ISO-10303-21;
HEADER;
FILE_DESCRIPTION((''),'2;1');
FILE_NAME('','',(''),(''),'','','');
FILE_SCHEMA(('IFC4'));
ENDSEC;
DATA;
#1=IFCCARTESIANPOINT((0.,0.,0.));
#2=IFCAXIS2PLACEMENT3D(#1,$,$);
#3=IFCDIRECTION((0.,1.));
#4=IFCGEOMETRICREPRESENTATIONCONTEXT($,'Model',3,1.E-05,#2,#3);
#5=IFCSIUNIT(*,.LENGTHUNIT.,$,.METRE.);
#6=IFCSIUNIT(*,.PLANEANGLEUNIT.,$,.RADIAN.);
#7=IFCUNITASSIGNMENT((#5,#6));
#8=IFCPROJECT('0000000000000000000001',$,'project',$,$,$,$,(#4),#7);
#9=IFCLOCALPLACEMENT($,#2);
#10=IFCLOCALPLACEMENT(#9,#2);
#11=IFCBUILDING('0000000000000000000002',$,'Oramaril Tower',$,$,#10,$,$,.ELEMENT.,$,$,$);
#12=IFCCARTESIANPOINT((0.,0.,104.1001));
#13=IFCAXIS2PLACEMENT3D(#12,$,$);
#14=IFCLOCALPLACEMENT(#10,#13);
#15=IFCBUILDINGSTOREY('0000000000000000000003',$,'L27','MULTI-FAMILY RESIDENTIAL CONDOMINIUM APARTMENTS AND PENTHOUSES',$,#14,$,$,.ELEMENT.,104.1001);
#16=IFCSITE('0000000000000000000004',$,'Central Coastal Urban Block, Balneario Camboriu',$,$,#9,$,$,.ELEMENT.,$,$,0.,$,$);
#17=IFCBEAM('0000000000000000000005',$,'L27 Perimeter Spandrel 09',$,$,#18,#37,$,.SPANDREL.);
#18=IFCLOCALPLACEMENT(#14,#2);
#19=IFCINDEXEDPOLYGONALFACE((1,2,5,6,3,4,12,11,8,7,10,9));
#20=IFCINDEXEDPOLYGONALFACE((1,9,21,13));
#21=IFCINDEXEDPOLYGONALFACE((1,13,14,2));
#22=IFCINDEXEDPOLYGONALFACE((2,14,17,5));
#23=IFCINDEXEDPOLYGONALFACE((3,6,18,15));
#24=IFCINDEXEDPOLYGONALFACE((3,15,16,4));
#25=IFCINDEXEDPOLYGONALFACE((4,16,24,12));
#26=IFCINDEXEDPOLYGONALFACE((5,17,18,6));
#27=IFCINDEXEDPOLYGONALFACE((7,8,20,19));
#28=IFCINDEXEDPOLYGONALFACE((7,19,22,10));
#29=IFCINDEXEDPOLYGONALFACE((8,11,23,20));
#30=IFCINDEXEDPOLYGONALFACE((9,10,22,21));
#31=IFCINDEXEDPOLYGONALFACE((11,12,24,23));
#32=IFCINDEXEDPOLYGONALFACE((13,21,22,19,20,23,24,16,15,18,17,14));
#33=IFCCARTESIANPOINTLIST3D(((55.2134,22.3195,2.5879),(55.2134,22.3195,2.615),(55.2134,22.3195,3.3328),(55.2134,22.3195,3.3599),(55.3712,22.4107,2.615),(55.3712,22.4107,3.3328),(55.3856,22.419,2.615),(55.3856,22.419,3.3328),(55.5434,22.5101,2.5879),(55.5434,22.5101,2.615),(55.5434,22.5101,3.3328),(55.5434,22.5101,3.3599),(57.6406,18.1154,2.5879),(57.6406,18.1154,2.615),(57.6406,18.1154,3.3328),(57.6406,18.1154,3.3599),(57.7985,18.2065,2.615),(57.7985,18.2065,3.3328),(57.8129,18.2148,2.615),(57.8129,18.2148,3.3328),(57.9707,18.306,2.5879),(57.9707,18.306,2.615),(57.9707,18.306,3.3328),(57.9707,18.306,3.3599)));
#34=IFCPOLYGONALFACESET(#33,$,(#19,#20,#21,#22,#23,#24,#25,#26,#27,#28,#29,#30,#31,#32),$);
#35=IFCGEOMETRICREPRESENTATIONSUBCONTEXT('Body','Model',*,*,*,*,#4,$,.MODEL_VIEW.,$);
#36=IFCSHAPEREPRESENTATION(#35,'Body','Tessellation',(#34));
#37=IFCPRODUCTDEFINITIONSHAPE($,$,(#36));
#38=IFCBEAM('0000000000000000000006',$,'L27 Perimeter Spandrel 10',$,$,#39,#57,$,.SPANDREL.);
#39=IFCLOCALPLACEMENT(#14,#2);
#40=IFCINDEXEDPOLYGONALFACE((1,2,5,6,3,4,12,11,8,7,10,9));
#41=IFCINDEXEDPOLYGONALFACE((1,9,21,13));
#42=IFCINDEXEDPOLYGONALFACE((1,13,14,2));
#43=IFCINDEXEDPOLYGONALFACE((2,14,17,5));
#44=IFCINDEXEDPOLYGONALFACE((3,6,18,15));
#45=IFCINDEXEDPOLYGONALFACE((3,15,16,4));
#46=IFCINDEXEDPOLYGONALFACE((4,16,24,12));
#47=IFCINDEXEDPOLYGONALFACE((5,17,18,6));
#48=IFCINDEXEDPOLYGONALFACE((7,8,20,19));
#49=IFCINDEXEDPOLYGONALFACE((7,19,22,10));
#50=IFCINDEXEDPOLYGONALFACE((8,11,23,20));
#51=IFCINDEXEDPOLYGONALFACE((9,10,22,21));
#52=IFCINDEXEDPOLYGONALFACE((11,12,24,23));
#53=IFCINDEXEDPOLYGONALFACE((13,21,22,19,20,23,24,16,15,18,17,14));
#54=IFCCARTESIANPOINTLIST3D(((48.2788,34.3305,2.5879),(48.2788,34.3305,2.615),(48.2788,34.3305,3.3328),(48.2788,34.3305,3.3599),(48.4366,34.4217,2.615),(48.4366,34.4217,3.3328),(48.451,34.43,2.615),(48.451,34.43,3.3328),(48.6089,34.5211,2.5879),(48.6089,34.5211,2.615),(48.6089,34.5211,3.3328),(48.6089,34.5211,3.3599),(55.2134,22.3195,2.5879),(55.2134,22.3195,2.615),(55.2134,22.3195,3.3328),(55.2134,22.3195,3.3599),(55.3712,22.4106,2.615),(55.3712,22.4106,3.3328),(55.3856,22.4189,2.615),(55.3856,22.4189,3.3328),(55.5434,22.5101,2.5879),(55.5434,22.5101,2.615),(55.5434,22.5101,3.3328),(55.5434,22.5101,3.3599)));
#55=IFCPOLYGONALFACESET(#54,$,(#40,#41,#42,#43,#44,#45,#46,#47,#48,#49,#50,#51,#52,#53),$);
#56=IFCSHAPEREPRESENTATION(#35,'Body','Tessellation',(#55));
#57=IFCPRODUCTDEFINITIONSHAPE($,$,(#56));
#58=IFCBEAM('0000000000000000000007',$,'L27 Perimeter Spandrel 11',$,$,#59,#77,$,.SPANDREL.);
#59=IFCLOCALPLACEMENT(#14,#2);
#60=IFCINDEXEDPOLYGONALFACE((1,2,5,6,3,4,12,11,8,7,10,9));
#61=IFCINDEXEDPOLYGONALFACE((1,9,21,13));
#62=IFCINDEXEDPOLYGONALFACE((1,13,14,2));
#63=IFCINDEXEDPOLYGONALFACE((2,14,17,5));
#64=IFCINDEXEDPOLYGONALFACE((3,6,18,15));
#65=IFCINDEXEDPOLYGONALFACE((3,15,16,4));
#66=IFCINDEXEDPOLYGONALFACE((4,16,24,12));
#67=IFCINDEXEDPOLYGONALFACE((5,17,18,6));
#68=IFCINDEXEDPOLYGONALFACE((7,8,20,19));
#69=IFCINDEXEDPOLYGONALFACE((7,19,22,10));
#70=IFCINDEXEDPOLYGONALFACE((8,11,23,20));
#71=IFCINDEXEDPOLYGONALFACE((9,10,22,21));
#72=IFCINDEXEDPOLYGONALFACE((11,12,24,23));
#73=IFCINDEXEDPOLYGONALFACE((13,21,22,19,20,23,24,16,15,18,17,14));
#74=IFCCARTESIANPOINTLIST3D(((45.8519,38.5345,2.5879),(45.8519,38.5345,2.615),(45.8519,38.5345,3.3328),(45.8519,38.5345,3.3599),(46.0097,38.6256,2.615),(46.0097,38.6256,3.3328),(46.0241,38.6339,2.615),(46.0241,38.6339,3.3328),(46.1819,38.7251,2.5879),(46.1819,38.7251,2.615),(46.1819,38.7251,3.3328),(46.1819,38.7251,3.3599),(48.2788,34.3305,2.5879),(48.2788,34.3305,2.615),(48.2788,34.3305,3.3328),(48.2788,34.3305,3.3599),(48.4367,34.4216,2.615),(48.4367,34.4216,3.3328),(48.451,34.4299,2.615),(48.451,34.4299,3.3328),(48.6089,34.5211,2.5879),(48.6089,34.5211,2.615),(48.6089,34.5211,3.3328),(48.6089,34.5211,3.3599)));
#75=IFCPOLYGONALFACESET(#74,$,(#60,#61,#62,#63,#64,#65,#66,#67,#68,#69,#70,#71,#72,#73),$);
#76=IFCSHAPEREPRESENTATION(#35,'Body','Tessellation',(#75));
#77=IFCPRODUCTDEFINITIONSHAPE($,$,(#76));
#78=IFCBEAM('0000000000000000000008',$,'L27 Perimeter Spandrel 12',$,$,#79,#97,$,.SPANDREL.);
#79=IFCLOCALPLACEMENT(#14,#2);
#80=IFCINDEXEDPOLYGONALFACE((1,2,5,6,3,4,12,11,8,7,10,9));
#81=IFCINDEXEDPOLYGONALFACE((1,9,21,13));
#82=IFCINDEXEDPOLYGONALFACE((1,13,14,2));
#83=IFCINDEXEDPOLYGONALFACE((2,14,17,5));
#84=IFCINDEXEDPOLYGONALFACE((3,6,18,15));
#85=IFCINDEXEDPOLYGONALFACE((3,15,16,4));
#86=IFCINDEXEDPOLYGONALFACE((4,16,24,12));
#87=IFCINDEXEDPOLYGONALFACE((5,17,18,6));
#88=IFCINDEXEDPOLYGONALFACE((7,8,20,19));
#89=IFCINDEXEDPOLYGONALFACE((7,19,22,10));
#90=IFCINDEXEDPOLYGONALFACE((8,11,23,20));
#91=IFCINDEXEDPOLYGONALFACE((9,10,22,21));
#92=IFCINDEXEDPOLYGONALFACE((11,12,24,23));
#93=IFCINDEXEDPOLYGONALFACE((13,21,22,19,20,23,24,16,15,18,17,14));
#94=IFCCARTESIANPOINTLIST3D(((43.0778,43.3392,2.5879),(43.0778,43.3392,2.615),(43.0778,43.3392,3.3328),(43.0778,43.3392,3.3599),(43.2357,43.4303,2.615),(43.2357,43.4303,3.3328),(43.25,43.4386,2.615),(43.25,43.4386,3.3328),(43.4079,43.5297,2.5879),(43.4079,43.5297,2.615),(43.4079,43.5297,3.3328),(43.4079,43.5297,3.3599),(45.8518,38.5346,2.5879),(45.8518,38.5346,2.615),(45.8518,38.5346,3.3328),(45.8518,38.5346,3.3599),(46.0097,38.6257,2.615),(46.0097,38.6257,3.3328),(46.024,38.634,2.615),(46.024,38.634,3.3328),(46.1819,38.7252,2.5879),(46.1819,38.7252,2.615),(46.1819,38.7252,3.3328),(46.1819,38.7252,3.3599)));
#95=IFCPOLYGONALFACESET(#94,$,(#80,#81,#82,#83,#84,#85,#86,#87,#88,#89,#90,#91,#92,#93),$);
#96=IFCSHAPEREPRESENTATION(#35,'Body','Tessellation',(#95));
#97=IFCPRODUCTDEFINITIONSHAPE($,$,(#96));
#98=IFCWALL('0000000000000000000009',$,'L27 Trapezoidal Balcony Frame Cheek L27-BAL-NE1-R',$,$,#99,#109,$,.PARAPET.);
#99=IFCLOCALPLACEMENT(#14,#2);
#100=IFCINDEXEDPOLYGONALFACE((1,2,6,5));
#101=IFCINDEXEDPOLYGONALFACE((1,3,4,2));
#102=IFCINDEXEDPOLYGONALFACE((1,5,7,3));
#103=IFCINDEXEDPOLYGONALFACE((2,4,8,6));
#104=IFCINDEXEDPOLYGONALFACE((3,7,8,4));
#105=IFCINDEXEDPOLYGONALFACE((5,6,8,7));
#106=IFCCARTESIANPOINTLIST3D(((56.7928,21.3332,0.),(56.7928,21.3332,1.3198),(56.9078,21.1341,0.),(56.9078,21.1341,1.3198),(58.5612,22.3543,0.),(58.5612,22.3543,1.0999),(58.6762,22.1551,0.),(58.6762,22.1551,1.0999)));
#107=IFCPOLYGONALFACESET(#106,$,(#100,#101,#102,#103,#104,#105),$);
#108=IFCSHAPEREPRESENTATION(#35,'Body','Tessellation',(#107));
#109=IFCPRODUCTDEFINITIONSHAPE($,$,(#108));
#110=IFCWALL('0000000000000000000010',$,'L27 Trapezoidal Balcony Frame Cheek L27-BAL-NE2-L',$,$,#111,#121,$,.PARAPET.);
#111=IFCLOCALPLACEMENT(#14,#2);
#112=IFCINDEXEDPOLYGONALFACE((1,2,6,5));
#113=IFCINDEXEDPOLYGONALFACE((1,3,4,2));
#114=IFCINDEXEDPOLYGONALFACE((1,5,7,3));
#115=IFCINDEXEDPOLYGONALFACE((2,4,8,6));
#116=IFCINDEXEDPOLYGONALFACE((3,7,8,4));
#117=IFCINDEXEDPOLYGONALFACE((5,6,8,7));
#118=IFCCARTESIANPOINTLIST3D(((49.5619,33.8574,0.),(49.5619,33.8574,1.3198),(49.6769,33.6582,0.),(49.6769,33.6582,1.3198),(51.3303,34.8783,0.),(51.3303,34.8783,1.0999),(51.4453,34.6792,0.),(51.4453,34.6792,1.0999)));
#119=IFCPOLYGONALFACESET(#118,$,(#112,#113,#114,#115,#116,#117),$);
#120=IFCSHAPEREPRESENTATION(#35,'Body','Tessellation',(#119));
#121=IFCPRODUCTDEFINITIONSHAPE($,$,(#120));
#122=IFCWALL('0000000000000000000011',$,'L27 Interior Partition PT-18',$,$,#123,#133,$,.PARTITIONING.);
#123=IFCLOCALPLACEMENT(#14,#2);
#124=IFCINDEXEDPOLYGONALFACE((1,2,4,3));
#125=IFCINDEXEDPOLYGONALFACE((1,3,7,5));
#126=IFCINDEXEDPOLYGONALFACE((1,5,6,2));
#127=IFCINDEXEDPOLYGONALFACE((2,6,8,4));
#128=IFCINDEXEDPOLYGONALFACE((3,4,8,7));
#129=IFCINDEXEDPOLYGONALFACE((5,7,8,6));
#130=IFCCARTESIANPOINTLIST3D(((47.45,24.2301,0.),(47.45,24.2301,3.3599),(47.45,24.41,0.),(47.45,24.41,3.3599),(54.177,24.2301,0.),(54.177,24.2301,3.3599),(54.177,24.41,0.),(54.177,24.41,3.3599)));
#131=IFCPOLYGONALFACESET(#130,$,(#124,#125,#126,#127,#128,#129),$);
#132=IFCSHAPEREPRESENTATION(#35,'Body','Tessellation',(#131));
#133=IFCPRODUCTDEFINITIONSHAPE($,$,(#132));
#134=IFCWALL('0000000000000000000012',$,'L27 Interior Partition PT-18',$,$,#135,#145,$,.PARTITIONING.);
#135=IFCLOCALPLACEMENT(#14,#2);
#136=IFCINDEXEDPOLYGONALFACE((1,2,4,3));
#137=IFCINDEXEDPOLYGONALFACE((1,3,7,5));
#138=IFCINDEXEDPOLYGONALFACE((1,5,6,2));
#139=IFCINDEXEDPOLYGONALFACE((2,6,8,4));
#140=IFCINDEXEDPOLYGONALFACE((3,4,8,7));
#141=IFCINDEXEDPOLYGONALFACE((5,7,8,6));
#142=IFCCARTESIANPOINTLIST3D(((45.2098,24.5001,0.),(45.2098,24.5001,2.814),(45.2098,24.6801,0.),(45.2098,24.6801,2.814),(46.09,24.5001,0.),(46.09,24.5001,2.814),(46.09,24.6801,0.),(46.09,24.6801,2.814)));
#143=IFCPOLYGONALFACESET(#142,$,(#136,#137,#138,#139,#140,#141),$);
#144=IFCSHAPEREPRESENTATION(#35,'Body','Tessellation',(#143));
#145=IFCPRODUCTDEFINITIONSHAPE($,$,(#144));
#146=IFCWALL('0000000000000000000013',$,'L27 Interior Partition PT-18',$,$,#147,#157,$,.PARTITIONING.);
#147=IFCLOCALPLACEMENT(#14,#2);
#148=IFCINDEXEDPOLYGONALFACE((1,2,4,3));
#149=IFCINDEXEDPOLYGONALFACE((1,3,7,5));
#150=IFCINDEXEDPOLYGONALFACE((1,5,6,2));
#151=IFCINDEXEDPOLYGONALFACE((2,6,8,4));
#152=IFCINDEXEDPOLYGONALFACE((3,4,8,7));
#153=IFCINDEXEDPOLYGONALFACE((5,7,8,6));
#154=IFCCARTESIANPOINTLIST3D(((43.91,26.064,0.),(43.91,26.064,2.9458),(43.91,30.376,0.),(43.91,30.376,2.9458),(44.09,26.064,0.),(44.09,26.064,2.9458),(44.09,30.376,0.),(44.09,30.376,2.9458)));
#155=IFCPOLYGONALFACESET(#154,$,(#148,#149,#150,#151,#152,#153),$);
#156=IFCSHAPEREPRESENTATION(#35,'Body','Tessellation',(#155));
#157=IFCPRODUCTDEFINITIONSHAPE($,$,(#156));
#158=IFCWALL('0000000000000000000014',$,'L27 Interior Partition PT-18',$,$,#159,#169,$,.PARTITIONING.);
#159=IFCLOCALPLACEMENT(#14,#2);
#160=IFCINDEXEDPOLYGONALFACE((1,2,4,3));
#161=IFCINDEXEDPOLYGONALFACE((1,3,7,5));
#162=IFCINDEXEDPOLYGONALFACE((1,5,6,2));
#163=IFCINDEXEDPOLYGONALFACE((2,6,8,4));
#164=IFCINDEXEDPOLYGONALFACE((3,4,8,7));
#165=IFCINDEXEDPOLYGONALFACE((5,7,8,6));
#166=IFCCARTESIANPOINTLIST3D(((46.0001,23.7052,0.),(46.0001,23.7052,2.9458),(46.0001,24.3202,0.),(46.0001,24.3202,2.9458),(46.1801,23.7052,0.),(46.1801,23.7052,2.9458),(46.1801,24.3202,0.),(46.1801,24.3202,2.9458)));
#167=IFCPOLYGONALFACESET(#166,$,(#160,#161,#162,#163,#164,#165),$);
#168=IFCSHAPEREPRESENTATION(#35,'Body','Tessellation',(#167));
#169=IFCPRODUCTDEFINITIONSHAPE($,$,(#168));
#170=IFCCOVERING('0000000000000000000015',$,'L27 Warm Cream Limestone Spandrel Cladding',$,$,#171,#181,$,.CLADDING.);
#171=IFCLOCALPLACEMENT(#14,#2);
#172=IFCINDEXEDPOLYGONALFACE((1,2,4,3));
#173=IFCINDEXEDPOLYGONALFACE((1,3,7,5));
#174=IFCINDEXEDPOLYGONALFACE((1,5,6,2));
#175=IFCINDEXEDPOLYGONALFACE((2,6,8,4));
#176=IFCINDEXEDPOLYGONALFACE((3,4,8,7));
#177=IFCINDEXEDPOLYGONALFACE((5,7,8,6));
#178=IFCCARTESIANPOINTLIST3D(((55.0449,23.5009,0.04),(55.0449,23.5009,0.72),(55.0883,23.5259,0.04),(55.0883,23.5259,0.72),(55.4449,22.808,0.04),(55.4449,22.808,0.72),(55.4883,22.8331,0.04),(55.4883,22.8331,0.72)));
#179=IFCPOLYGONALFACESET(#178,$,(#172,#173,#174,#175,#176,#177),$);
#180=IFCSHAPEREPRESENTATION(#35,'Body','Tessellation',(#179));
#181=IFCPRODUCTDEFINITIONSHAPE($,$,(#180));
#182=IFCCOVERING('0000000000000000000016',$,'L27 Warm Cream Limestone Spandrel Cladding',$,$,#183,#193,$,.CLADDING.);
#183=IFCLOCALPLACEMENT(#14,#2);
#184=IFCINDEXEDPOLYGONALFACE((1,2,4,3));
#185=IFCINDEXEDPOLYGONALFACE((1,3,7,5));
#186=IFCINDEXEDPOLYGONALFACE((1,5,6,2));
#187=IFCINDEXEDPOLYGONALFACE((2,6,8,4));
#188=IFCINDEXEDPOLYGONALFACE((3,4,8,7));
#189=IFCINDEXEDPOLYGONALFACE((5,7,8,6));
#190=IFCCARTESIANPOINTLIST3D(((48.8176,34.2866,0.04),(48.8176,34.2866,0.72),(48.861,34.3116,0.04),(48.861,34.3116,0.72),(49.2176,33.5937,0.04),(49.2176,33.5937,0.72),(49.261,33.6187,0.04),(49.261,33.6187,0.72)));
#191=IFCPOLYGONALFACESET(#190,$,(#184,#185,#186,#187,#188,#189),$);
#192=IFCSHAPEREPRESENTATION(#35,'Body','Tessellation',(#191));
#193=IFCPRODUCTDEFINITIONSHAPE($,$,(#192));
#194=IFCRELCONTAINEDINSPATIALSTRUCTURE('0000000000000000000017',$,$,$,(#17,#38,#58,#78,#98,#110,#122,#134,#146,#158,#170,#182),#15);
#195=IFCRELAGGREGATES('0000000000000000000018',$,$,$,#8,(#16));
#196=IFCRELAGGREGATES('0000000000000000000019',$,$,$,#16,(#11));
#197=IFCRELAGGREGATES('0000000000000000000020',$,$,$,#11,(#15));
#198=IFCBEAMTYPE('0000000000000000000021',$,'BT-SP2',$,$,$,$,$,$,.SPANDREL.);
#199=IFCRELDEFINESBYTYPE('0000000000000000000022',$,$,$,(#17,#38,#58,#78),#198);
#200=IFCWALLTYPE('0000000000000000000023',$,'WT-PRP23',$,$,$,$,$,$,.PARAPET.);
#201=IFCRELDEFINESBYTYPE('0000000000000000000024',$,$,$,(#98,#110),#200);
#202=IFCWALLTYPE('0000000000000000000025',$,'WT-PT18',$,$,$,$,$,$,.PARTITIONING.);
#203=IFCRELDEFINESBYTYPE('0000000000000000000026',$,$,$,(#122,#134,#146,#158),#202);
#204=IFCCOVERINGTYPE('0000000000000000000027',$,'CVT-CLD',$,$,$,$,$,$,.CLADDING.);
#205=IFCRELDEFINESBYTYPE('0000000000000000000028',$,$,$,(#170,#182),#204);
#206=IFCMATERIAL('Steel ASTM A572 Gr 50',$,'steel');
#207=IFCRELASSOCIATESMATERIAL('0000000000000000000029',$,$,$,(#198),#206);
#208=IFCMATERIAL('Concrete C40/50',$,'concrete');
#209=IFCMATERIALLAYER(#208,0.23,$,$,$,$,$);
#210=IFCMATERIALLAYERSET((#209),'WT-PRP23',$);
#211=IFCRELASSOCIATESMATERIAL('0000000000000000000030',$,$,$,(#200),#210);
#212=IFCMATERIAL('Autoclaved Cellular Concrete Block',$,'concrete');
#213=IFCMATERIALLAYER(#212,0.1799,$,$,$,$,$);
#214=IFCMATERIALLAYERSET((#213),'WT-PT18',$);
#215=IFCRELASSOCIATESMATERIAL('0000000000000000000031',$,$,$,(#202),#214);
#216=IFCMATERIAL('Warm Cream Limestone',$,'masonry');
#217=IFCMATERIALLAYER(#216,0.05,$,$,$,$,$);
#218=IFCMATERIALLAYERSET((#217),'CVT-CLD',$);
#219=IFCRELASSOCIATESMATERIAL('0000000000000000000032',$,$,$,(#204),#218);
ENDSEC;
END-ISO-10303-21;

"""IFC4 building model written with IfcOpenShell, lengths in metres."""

from ifc_helpers import new_model, si_unit, direction, frame, frame_2d, origin, origin_2d, place, context, subcontext, project, spatial, polyline, rectangle, i_section, outline, extrude, material, layer, layer_set, material_profile, profile_set, type_object, element, save


model = new_model("IFC4")

# Units and contexts
model_context = context("Model", 3, precision=1e-05, world=origin(), true_north=direction((0.0, 1.0)))
body_context = subcontext(model_context, "Body", "Model", "MODEL_VIEW")
ifc_project = project(units=[si_unit("LENGTHUNIT", "METRE"), si_unit("PLANEANGLEUNIT", "RADIAN")], contexts=[model_context])

# Site, building, storey
site_placement = place(None, origin())
site = spatial("IfcSite", under=ifc_project, at=site_placement, Name="Central Coastal Urban Block, Balneario Camboriu", CompositionType="ELEMENT", RefElevation=0.0)
building_placement = place(site_placement, origin())
building = spatial("IfcBuilding", under=site, at=building_placement, Name="Oramaril Tower", CompositionType="ELEMENT")
storey_placement = place(building_placement, frame((0.0, 0.0, 104.1001)))
storey = spatial("IfcBuildingStorey", under=building, at=storey_placement, Name="L27", Description="MULTI-FAMILY RESIDENTIAL CONDOMINIUM APARTMENTS AND PENTHOUSES", CompositionType="ELEMENT", Elevation=104.1001)

# Beams
ifc_material_1 = material(Name="Steel ASTM A572 Gr 50", Category="steel")
ifc_material_profile_1 = material_profile(ifc_material_1, i_section(OverallWidth=0.3811, OverallDepth=0.772, WebThickness=0.0166, FlangeThickness=0.0271, at=origin_2d()), Name="W30X173")
ifc_profile_set_1 = profile_set([ifc_material_profile_1], Name="Steel ASTM A572 Gr 50")
beam_type_1 = type_object("IfcBeamType", Name="BT-SP2", PredefinedType="SPANDREL", material=ifc_profile_set_1)
beam_1_placement = place(storey_placement, frame((57.8057, 18.2107, 2.9739), z_axis=(-0.500001, 0.866025, 0.0), x_axis=(-0.866025, -0.500001, 0.0)))
element("IfcBeam", 1, at=beam_1_placement, inside=storey, type_object=beam_type_1, Name="L27 Perimeter Spandrel 09", PredefinedType="SPANDREL", context=body_context, shape_type="SweptSolid", body=[
    extrude(i_section(OverallWidth=0.3811, OverallDepth=0.772, WebThickness=0.0166, FlangeThickness=0.0271, at=origin_2d()), origin(), (0.0, 0.0, 1.0), 4.8545),
])
beam_2_placement = place(storey_placement, frame((55.3784, 22.4148, 2.9739), z_axis=(-0.500001, 0.866025, 0.0), x_axis=(-0.866025, -0.500001, 0.0)))
element("IfcBeam", 2, at=beam_2_placement, inside=storey, type_object=beam_type_1, Name="L27 Perimeter Spandrel 10", PredefinedType="SPANDREL", context=body_context, shape_type="SweptSolid", body=[
    extrude(i_section(OverallWidth=0.3811, OverallDepth=0.772, WebThickness=0.0166, FlangeThickness=0.0271, at=origin_2d()), origin(), (0.0, 0.0, 1.0), 13.8691),
])
beam_3_placement = place(storey_placement, frame((48.4438, 34.4258, 2.9739), z_axis=(-0.499963, 0.866047, 0.0), x_axis=(-0.866047, -0.499963, 0.0)))
element("IfcBeam", 3, at=beam_3_placement, inside=storey, type_object=beam_type_1, Name="L27 Perimeter Spandrel 11", PredefinedType="SPANDREL", context=body_context, shape_type="SweptSolid", body=[
    extrude(i_section(OverallWidth=0.3811, OverallDepth=0.772, WebThickness=0.0166, FlangeThickness=0.0271, at=origin_2d()), origin(), (0.0, 0.0, 1.0), 4.8542),
])
beam_4_placement = place(storey_placement, frame((46.0168, 38.6299, 2.9739), z_axis=(-0.500011, 0.866019, 0.0), x_axis=(-0.866019, -0.500011, 0.0)))
element("IfcBeam", 4, at=beam_4_placement, inside=storey, type_object=beam_type_1, Name="L27 Perimeter Spandrel 12", PredefinedType="SPANDREL", context=body_context, shape_type="SweptSolid", body=[
    extrude(i_section(OverallWidth=0.3811, OverallDepth=0.772, WebThickness=0.0166, FlangeThickness=0.0271, at=origin_2d()), origin(), (0.0, 0.0, 1.0), 5.5479),
])

# Walls
ifc_material_2 = material(Name="Concrete C40/50", Category="concrete")
ifc_layer_1 = layer(ifc_material_2, 0.23)
ifc_layer_set_1 = layer_set([ifc_layer_1], Name="WT-PRP23")
wall_type_1 = type_object("IfcWallType", Name="WT-PRP23", PredefinedType="PARAPET", material=ifc_layer_set_1)
for number, where, z_axis, x_axis, name in (
    (5, (56.8503, 21.2336, 0.0), (0.0, 0.0, 1.0), (0.866012, 0.500023, 0.0), "L27 Trapezoidal Balcony Frame Cheek L27-BAL-NE1-R"),
    (6, (49.6194, 33.7578, 0.0), (0.0, 0.0, 1.0), (0.866042, 0.499971, 0.0), "L27 Trapezoidal Balcony Frame Cheek L27-BAL-NE2-L"),
):
    element("IfcWall", number, at=place(storey_placement, frame(where, z_axis=z_axis, x_axis=x_axis)), inside=storey, type_object=wall_type_1, Name=name, PredefinedType="PARAPET", context=body_context, shape_type="SweptSolid", body=[
        extrude(outline(polyline([(0.0, 0.0), (2.042, 0.0), (2.042, 1.0999), (0.0, 1.3198), (0.0, 0.0)])), frame((0.0, 0.115, 0.0), z_axis=(0.0, -1.0, 0.0), x_axis=(1.0, 0.0, 0.0)), (0.0, 0.0, 1.0), 0.23),
    ])
ifc_material_3 = material(Name="Autoclaved Cellular Concrete Block", Category="concrete")
ifc_layer_2 = layer(ifc_material_3, 0.1799)
ifc_layer_set_2 = layer_set([ifc_layer_2], Name="WT-PT18")
wall_type_2 = type_object("IfcWallType", Name="WT-PT18", PredefinedType="PARTITIONING", material=ifc_layer_set_2)
wall_1_placement = place(storey_placement, frame((47.45, 24.3201, 0.0), z_axis=(0.0, 0.0, 1.0), x_axis=(1.0, 0.0, 0.0)))
element("IfcWall", 7, at=wall_1_placement, inside=storey, type_object=wall_type_2, Name="L27 Interior Partition PT-18", PredefinedType="PARTITIONING", context=body_context, shape_type="SweptSolid", body=[
    extrude(rectangle(XDim=6.7271, YDim=0.1799, at=frame_2d((3.3635, 0.0))), origin(), (0.0, 0.0, 1.0), 3.3599),
])
wall_2_placement = place(storey_placement, frame((45.21, 24.5901, 0.0), z_axis=(0.0, 0.0, 1.0), x_axis=(1.0, 0.0, 0.0)))
element("IfcWall", 8, at=wall_2_placement, inside=storey, type_object=wall_type_2, Name="L27 Interior Partition PT-18", PredefinedType="PARTITIONING", context=body_context, shape_type="SweptSolid", body=[
    extrude(rectangle(XDim=0.8801, YDim=0.1799, at=frame_2d((0.4399, 0.0))), origin(), (0.0, 0.0, 1.0), 2.814),
])
wall_3_placement = place(storey_placement, frame((44.0, 26.064, 0.0), z_axis=(0.0, 0.0, 1.0), x_axis=(0.0, 1.0, 0.0)))
element("IfcWall", 9, at=wall_3_placement, inside=storey, type_object=wall_type_2, Name="L27 Interior Partition PT-18", PredefinedType="PARTITIONING", context=body_context, shape_type="SweptSolid", body=[
    extrude(rectangle(XDim=4.312, YDim=0.1799, at=frame_2d((2.156, 0.0))), origin(), (0.0, 0.0, 1.0), 2.9458),
])
wall_4_placement = place(storey_placement, frame((46.0901, 23.7051, 0.0), z_axis=(0.0, 0.0, 1.0), x_axis=(0.0, 1.0, 0.0)))
element("IfcWall", 10, at=wall_4_placement, inside=storey, type_object=wall_type_2, Name="L27 Interior Partition PT-18", PredefinedType="PARTITIONING", context=body_context, shape_type="SweptSolid", body=[
    extrude(rectangle(XDim=0.615, YDim=0.1799, at=frame_2d((0.3076, 0.0))), origin(), (0.0, 0.0, 1.0), 2.9458),
])

# Coverings
ifc_material_4 = material(Name="Warm Cream Limestone", Category="masonry")
ifc_layer_3 = layer(ifc_material_4, 0.05)
ifc_layer_set_3 = layer_set([ifc_layer_3], Name="CVT-CLD")
covering_type = type_object("IfcCoveringType", Name="CVT-CLD", PredefinedType="CLADDING", material=ifc_layer_set_3)
for number, where, z_axis, x_axis, name in (
    (11, (55.2666, 23.167, 0.04), (0.0, 0.0, 1.0), (-0.5, 0.866025, 0.0), "L27 Warm Cream Limestone Spandrel Cladding"),
    (12, (49.0393, 33.9526, 0.04), (0.0, 0.0, 1.0), (-0.5, 0.866025, 0.0), "L27 Warm Cream Limestone Spandrel Cladding"),
):
    element("IfcCovering", number, at=place(storey_placement, frame(where, z_axis=z_axis, x_axis=x_axis)), inside=storey, type_object=covering_type, Name=name, PredefinedType="CLADDING", context=body_context, shape_type="SweptSolid", body=[
        extrude(rectangle(XDim=0.8, YDim=0.05, at=origin_2d()), origin(), (0.0, 0.0, 1.0), 0.6799),
    ])

save(model, "model.ifc")
